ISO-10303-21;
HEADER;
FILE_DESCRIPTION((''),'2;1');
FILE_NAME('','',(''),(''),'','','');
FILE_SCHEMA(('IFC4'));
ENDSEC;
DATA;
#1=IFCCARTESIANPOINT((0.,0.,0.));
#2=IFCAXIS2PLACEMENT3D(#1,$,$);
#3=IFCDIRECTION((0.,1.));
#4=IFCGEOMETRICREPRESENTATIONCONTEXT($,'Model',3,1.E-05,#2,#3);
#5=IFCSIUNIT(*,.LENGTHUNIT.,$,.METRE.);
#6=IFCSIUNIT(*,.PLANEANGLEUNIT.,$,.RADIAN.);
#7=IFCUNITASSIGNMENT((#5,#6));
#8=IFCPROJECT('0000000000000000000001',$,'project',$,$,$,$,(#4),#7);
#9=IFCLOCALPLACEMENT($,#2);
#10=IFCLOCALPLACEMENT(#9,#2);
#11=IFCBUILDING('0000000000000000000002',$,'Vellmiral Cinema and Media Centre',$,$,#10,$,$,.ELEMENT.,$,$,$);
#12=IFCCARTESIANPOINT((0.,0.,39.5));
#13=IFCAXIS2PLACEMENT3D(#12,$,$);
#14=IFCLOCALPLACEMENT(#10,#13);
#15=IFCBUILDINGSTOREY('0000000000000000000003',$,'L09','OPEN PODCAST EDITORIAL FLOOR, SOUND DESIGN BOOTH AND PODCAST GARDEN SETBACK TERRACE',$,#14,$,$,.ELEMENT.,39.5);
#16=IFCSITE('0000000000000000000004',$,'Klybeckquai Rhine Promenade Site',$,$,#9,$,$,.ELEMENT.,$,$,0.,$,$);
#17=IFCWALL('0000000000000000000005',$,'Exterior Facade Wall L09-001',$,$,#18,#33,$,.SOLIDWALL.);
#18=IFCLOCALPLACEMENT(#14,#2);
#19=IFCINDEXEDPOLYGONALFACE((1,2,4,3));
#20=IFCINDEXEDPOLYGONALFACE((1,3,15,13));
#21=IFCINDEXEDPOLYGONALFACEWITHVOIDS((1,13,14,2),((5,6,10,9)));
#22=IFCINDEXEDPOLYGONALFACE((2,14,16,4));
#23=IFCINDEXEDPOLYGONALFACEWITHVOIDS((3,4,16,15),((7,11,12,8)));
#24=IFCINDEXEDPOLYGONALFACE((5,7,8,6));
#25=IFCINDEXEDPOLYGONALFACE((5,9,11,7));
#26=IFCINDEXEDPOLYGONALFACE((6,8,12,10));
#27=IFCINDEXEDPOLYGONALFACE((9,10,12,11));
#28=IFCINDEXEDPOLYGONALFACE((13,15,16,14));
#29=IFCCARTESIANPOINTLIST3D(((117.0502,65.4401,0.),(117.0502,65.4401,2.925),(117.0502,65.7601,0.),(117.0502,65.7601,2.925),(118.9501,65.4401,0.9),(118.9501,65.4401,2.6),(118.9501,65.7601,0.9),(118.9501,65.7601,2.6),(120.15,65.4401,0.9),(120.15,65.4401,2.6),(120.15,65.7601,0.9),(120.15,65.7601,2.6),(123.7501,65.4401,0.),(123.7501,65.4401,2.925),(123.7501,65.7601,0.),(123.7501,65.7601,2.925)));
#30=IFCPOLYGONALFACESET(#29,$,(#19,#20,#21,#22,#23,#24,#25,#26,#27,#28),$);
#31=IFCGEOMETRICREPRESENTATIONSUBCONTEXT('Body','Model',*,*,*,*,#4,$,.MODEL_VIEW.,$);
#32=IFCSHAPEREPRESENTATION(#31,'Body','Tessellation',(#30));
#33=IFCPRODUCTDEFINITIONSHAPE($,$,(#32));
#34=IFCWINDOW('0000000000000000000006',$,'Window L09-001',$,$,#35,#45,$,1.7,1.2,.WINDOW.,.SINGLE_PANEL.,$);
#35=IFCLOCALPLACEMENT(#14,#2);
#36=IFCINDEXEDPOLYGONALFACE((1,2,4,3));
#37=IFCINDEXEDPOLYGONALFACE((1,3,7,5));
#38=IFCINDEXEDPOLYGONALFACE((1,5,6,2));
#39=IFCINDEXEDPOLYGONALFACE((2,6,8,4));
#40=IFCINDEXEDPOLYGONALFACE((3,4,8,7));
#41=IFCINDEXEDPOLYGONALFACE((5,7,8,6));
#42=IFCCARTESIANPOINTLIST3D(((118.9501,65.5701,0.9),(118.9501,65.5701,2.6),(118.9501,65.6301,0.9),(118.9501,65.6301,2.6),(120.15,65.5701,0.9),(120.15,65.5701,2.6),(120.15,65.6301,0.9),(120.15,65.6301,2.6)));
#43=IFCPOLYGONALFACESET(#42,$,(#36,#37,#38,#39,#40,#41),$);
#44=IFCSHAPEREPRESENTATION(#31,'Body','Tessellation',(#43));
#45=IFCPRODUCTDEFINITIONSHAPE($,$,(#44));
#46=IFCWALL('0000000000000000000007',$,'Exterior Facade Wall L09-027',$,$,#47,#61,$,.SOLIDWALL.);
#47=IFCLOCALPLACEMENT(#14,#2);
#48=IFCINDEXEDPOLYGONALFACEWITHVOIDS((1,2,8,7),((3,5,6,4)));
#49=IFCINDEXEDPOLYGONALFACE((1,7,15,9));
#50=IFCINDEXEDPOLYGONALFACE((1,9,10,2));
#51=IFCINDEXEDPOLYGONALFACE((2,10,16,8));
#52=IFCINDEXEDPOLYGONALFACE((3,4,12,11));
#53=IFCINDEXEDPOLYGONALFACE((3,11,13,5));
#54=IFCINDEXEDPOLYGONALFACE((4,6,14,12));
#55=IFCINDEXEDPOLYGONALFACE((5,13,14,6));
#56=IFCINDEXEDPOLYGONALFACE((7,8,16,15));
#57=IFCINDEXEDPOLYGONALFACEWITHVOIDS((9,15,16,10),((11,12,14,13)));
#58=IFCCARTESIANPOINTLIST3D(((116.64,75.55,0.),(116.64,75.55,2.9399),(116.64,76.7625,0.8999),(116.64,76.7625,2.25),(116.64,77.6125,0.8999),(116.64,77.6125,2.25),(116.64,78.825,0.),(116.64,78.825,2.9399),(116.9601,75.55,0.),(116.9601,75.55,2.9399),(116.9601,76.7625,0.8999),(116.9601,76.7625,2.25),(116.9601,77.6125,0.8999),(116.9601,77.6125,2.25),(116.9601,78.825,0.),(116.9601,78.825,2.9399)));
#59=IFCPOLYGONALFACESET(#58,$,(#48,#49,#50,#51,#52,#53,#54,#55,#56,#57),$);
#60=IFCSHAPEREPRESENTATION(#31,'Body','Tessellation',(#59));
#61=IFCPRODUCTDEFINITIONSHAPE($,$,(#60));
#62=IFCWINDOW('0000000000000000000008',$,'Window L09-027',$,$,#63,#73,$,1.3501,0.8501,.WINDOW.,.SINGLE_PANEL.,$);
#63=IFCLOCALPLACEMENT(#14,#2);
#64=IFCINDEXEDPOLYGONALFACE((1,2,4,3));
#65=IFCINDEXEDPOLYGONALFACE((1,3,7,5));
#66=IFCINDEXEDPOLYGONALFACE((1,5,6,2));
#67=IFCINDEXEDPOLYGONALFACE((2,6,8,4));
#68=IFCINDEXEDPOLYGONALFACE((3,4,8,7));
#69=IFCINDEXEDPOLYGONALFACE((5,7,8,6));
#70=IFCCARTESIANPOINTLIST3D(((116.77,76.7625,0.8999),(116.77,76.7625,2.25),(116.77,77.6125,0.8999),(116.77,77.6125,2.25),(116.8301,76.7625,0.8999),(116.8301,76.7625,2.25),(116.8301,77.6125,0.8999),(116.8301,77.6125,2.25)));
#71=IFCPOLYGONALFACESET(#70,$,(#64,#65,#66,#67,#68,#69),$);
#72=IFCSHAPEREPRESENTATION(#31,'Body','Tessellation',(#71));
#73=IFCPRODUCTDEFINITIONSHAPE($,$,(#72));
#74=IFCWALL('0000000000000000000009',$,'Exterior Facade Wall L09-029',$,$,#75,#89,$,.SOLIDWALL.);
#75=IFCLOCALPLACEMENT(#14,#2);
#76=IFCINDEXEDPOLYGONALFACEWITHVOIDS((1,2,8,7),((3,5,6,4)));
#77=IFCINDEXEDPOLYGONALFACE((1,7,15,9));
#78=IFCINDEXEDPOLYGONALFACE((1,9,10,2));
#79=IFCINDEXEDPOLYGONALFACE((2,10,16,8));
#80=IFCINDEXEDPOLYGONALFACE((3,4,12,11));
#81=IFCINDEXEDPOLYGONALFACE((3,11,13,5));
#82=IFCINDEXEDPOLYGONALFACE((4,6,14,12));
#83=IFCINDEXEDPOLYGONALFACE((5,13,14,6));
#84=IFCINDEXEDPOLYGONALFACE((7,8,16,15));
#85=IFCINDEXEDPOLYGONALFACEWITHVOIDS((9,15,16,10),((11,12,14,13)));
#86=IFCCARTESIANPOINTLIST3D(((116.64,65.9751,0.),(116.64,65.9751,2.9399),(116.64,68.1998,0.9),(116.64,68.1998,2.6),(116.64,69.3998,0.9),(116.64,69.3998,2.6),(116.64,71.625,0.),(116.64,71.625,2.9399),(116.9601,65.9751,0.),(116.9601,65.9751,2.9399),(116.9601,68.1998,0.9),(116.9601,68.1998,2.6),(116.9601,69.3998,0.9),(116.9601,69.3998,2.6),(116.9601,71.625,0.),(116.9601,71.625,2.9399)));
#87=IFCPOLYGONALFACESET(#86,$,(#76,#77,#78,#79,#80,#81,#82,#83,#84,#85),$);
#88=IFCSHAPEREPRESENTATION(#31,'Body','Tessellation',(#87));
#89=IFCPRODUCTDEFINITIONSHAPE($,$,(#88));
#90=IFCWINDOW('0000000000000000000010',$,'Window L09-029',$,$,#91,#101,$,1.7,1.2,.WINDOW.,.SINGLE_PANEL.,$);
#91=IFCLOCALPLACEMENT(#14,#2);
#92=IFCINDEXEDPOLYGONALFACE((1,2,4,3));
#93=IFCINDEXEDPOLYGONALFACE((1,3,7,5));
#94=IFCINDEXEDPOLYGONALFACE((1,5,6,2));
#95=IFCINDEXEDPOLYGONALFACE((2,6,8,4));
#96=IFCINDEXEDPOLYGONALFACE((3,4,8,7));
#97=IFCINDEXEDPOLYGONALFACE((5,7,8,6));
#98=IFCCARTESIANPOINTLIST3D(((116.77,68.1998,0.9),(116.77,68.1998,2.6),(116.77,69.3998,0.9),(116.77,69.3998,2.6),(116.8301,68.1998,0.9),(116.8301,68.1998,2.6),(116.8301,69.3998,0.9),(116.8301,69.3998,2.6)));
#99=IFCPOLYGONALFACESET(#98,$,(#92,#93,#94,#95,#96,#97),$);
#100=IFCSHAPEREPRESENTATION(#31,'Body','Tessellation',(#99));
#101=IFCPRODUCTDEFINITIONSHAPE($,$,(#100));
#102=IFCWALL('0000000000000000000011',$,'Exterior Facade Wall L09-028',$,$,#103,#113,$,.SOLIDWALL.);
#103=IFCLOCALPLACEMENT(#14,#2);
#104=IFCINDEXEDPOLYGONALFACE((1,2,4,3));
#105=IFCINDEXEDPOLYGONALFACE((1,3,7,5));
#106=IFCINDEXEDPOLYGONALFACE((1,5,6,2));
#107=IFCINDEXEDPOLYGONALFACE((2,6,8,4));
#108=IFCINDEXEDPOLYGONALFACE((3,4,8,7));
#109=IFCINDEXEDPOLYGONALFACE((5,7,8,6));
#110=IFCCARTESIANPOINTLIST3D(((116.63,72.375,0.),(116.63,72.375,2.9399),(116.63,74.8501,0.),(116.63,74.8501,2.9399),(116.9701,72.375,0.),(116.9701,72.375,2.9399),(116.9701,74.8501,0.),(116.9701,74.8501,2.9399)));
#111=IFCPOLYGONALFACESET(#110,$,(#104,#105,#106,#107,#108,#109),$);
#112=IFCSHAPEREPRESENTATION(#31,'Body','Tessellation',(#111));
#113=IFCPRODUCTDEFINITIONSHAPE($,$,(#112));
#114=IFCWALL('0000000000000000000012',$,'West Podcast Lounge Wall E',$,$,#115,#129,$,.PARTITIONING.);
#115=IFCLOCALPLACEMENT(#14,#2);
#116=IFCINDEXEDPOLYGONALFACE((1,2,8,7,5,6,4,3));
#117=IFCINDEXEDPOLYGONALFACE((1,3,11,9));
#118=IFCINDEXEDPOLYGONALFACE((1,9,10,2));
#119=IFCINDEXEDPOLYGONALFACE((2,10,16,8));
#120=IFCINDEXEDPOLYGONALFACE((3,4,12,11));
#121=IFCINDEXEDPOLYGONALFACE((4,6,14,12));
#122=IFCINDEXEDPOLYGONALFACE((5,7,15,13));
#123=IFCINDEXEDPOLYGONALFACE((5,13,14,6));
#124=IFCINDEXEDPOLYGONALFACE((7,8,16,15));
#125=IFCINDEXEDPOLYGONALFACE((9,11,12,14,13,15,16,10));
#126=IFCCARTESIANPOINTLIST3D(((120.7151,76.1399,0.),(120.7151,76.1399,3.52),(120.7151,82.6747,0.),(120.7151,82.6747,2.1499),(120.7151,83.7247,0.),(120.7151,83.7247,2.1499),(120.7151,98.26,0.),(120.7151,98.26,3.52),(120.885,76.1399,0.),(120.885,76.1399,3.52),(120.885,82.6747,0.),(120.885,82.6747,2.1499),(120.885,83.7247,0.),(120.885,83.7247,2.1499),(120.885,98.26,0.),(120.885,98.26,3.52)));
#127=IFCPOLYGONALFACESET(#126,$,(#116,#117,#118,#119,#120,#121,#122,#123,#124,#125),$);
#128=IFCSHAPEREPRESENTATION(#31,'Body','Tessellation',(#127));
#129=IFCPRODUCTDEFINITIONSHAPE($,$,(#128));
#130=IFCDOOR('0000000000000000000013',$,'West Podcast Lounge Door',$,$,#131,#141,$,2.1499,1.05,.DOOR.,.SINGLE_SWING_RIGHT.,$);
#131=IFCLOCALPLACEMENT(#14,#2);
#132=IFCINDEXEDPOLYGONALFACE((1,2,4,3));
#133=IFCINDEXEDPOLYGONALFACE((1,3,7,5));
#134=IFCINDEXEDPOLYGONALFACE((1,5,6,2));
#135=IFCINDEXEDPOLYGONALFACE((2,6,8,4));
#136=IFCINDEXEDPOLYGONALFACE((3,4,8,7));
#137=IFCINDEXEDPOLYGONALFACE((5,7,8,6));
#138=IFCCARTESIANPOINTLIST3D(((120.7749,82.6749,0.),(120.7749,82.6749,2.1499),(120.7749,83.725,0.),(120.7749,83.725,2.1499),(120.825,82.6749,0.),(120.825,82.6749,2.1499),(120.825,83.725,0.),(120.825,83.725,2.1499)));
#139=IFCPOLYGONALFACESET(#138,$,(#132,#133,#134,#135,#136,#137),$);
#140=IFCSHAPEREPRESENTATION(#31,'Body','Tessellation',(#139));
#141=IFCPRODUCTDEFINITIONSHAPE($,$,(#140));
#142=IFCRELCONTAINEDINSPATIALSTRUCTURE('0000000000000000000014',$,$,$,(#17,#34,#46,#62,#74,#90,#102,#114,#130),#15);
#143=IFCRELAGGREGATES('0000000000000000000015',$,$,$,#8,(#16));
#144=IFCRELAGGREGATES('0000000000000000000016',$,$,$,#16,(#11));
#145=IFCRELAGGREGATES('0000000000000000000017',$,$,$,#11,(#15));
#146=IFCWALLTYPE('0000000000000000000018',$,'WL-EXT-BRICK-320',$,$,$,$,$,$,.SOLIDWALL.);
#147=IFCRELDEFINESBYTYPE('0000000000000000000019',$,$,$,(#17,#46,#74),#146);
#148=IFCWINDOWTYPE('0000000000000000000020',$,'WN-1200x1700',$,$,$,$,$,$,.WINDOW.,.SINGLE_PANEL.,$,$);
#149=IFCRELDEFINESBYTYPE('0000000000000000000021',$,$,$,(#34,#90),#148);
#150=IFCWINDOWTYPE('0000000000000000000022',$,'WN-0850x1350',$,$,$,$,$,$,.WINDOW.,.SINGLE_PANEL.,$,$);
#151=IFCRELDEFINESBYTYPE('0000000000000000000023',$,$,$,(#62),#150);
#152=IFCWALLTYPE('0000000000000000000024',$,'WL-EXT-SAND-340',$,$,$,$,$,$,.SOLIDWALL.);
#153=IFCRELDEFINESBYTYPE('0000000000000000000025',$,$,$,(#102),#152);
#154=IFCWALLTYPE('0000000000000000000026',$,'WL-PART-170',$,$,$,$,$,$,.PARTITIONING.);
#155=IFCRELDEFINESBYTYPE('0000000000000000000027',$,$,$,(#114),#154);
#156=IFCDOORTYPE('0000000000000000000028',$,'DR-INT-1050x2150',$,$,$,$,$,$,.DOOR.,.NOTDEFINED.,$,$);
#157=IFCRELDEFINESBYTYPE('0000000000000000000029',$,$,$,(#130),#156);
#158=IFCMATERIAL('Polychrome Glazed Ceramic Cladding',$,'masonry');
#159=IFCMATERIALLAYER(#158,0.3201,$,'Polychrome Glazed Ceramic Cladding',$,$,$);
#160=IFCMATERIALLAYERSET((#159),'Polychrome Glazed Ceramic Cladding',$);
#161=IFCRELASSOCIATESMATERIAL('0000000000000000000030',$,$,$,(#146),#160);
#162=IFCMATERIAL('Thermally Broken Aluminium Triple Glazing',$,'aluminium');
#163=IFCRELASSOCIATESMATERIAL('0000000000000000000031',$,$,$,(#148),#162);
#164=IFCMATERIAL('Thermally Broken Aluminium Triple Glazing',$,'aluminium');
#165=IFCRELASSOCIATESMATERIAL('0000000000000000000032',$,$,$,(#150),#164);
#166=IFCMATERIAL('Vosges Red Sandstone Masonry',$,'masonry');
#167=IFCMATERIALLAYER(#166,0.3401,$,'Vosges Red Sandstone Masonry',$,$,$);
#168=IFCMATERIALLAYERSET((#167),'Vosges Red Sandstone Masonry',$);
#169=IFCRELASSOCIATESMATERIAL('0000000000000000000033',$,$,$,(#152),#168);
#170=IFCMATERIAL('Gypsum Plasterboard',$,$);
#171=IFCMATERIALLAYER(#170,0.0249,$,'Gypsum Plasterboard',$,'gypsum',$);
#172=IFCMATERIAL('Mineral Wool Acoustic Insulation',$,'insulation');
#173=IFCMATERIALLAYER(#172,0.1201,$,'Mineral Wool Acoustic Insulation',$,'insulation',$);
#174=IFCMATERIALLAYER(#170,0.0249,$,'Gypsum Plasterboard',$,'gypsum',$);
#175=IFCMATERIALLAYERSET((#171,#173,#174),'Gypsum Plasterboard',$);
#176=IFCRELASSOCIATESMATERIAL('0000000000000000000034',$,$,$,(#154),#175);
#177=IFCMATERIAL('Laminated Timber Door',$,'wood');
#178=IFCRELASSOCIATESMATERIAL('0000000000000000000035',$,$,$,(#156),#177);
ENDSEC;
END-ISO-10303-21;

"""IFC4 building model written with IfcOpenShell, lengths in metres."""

from ifc_helpers import new_model, si_unit, direction, frame, frame_2d, origin, place, context, subcontext, project, spatial, rectangle, extrude, material, layer, layer_set, type_object, element, fill, save


model = new_model("IFC4")

# Units and contexts
model_context = context("Model", 3, precision=1e-05, world=origin(), true_north=direction((0.0, 1.0)))
body_context = subcontext(model_context, "Body", "Model", "MODEL_VIEW")
ifc_project = project(units=[si_unit("LENGTHUNIT", "METRE"), si_unit("PLANEANGLEUNIT", "RADIAN")], contexts=[model_context])

# Site, building, storey
site_placement = place(None, origin())
site = spatial("IfcSite", under=ifc_project, at=site_placement, Name="Klybeckquai Rhine Promenade Site", CompositionType="ELEMENT", RefElevation=0.0)
building_placement = place(site_placement, origin())
building = spatial("IfcBuilding", under=site, at=building_placement, Name="Vellmiral Cinema and Media Centre", CompositionType="ELEMENT")
storey_placement = place(building_placement, frame((0.0, 0.0, 39.5)))
storey = spatial("IfcBuildingStorey", under=building, at=storey_placement, Name="L09", Description="OPEN PODCAST EDITORIAL FLOOR, SOUND DESIGN BOOTH AND PODCAST GARDEN SETBACK TERRACE", CompositionType="ELEMENT", Elevation=39.5)

# Walls, openings, windows
ifc_material_1 = material(Name="Polychrome Glazed Ceramic Cladding", Category="masonry")
ifc_layer_1 = layer(ifc_material_1, 0.3201, Name="Polychrome Glazed Ceramic Cladding")
ifc_layer_set_1 = layer_set([ifc_layer_1], Name="Polychrome Glazed Ceramic Cladding")
wall_type_1 = type_object("IfcWallType", Name="WL-EXT-BRICK-320", PredefinedType="SOLIDWALL", material=ifc_layer_set_1)
wall_1_placement = place(storey_placement, frame((117.05, 65.6001, 0.0), z_axis=(0.0, 0.0, 1.0), x_axis=(1.0, 0.0, 0.0)))
wall_1 = element("IfcWall", 1, at=wall_1_placement, inside=storey, type_object=wall_type_1, Name="Exterior Facade Wall L09-001", PredefinedType="SOLIDWALL", context=body_context, shape_type="SweptSolid", body=[
    extrude(rectangle(XDim=6.7, YDim=0.3201, at=frame_2d((3.3501, 0.0))), origin(), (0.0, 0.0, 1.0), 2.925),
])
opening_1_placement = place(wall_1_placement, frame((1.8999, 0.0, 0.8999)))
opening_1 = element("IfcOpeningElement", 2, at=opening_1_placement, cuts=wall_1, PredefinedType="OPENING", context=body_context, shape_type="SweptSolid", body=[
    extrude(rectangle(XDim=1.2, YDim=1.7, at=frame_2d((0.6001, 0.8501))), frame((0.0, 0.1719, 0.0), z_axis=(0.0, -1.0, 0.0), x_axis=(1.0, 0.0, 0.0)), (0.0, 0.0, 1.0), 0.344),
])
ifc_material_2 = material(Name="Thermally Broken Aluminium Triple Glazing", Category="aluminium")
window_type_1 = type_object("IfcWindowType", Name="WN-1200x1700", PartitioningType="SINGLE_PANEL", PredefinedType="WINDOW", material=ifc_material_2)
window_1_placement = place(opening_1_placement, origin())
window_1 = element("IfcWindow", 3, at=window_1_placement, inside=storey, type_object=window_type_1, Name="Window L09-001", OverallHeight=1.7, OverallWidth=1.2, PartitioningType="SINGLE_PANEL", PredefinedType="WINDOW", context=body_context, shape_type="SweptSolid", body=[
    extrude(rectangle(XDim=1.2, YDim=1.7, at=frame_2d((0.6001, 0.8501))), frame((0.0, 0.03, 0.0), z_axis=(0.0, -1.0, 0.0), x_axis=(1.0, 0.0, 0.0)), (0.0, 0.0, 1.0), 0.0601),
])
fill(opening_1, window_1)
wall_2_placement = place(storey_placement, frame((116.8, 78.825, 0.0), z_axis=(0.0, 0.0, 1.0), x_axis=(0.0, -1.0, 0.0)))
wall_2 = element("IfcWall", 4, at=wall_2_placement, inside=storey, type_object=wall_type_1, Name="Exterior Facade Wall L09-027", PredefinedType="SOLIDWALL", context=body_context, shape_type="SweptSolid", body=[
    extrude(rectangle(XDim=3.2749, YDim=0.3201, at=frame_2d((1.6375, 0.0))), origin(), (0.0, 0.0, 1.0), 2.9399),
])
opening_2_placement = place(wall_2_placement, frame((1.2124, 0.0, 0.8999)))
opening_2 = element("IfcOpeningElement", 5, at=opening_2_placement, cuts=wall_2, PredefinedType="OPENING", context=body_context, shape_type="SweptSolid", body=[
    extrude(rectangle(XDim=0.8501, YDim=1.3501, at=frame_2d((0.425, 0.675))), frame((0.0, 0.1719, 0.0), z_axis=(0.0, -1.0, 0.0), x_axis=(1.0, 0.0, 0.0)), (0.0, 0.0, 1.0), 0.344),
])
ifc_material_3 = material(Name="Thermally Broken Aluminium Triple Glazing", Category="aluminium")
window_type_2 = type_object("IfcWindowType", Name="WN-0850x1350", PartitioningType="SINGLE_PANEL", PredefinedType="WINDOW", material=ifc_material_3)
window_2_placement = place(opening_2_placement, origin())
window_2 = element("IfcWindow", 6, at=window_2_placement, inside=storey, type_object=window_type_2, Name="Window L09-027", OverallHeight=1.3501, OverallWidth=0.8501, PartitioningType="SINGLE_PANEL", PredefinedType="WINDOW", context=body_context, shape_type="SweptSolid", body=[
    extrude(rectangle(XDim=0.8501, YDim=1.3501, at=frame_2d((0.425, 0.675))), frame((0.0, 0.03, 0.0), z_axis=(0.0, -1.0, 0.0), x_axis=(1.0, 0.0, 0.0)), (0.0, 0.0, 1.0), 0.0601),
])
fill(opening_2, window_2)
wall_3_placement = place(storey_placement, frame((116.8, 71.625, 0.0), z_axis=(0.0, 0.0, 1.0), x_axis=(0.0, -1.0, 0.0)))
wall_3 = element("IfcWall", 7, at=wall_3_placement, inside=storey, type_object=wall_type_1, Name="Exterior Facade Wall L09-029", PredefinedType="SOLIDWALL", context=body_context, shape_type="SweptSolid", body=[
    extrude(rectangle(XDim=5.6499, YDim=0.3201, at=frame_2d((2.825, 0.0))), origin(), (0.0, 0.0, 1.0), 2.9399),
])
opening_3_placement = place(wall_3_placement, frame((2.2251, 0.0, 0.8999)))
opening_3 = element("IfcOpeningElement", 8, at=opening_3_placement, cuts=wall_3, PredefinedType="OPENING", context=body_context, shape_type="SweptSolid", body=[
    extrude(rectangle(XDim=1.2, YDim=1.7, at=frame_2d((0.6001, 0.8501))), frame((0.0, 0.1719, 0.0), z_axis=(0.0, -1.0, 0.0), x_axis=(1.0, 0.0, 0.0)), (0.0, 0.0, 1.0), 0.344),
])
window_3_placement = place(opening_3_placement, origin())
window_3 = element("IfcWindow", 9, at=window_3_placement, inside=storey, type_object=window_type_1, Name="Window L09-029", OverallHeight=1.7, OverallWidth=1.2, PartitioningType="SINGLE_PANEL", PredefinedType="WINDOW", context=body_context, shape_type="SweptSolid", body=[
    extrude(rectangle(XDim=1.2, YDim=1.7, at=frame_2d((0.6001, 0.8501))), frame((0.0, 0.03, 0.0), z_axis=(0.0, -1.0, 0.0), x_axis=(1.0, 0.0, 0.0)), (0.0, 0.0, 1.0), 0.0601),
])
fill(opening_3, window_3)

# Wall
ifc_material_4 = material(Name="Vosges Red Sandstone Masonry", Category="masonry")
ifc_layer_2 = layer(ifc_material_4, 0.3401, Name="Vosges Red Sandstone Masonry")
ifc_layer_set_2 = layer_set([ifc_layer_2], Name="Vosges Red Sandstone Masonry")
wall_type_2 = type_object("IfcWallType", Name="WL-EXT-SAND-340", PredefinedType="SOLIDWALL", material=ifc_layer_set_2)
wall_4_placement = place(storey_placement, frame((116.8, 74.8501, 0.0), z_axis=(0.0, 0.0, 1.0), x_axis=(0.0, -1.0, 0.0)))
element("IfcWall", 10, at=wall_4_placement, inside=storey, type_object=wall_type_2, Name="Exterior Facade Wall L09-028", PredefinedType="SOLIDWALL", context=body_context, shape_type="SweptSolid", body=[
    extrude(rectangle(XDim=2.4751, YDim=0.3401, at=frame_2d((1.2375, 0.0))), origin(), (0.0, 0.0, 1.0), 2.9399),
])

# Wall, opening, door
ifc_material_5 = material(Name="Gypsum Plasterboard")
ifc_layer_3 = layer(ifc_material_5, 0.0249, Name="Gypsum Plasterboard", Category="gypsum")
ifc_material_6 = material(Name="Mineral Wool Acoustic Insulation", Category="insulation")
ifc_layer_4 = layer(ifc_material_6, 0.1201, Name="Mineral Wool Acoustic Insulation", Category="insulation")
ifc_layer_5 = layer(ifc_material_5, 0.0249, Name="Gypsum Plasterboard", Category="gypsum")
ifc_layer_set_3 = layer_set([ifc_layer_3, ifc_layer_4, ifc_layer_5], Name="Gypsum Plasterboard")
wall_type_3 = type_object("IfcWallType", Name="WL-PART-170", PredefinedType="PARTITIONING", material=ifc_layer_set_3)
wall_5_placement = place(storey_placement, frame((120.8, 76.1399, 0.0), z_axis=(0.0, 0.0, 1.0), x_axis=(0.0, 1.0, 0.0)))
wall_5 = element("IfcWall", 11, at=wall_5_placement, inside=storey, type_object=wall_type_3, Name="West Podcast Lounge Wall E", PredefinedType="PARTITIONING", context=body_context, shape_type="SweptSolid", body=[
    extrude(rectangle(XDim=22.1201, YDim=0.1699, at=frame_2d((11.0601, 0.0))), origin(), (0.0, 0.0, 1.0), 3.52),
])
opening_4_placement = place(wall_5_placement, frame((6.5349, 0.0, 0.0)))
opening_4 = element("IfcOpeningElement", 12, at=opening_4_placement, cuts=wall_5, PredefinedType="OPENING", context=body_context, shape_type="SweptSolid", body=[
    extrude(rectangle(XDim=1.05, YDim=2.1499, at=frame_2d((0.5249, 1.075))), frame((0.0, 0.0969, 0.0), z_axis=(0.0, -1.0, 0.0), x_axis=(1.0, 0.0, 0.0)), (0.0, 0.0, 1.0), 0.1938),
])
ifc_material_7 = material(Name="Laminated Timber Door", Category="wood")
door_type_1 = type_object("IfcDoorType", Name="DR-INT-1050x2150", OperationType="NOTDEFINED", PredefinedType="DOOR", material=ifc_material_7)
door_1_placement = place(opening_4_placement, frame((1.05, 0.0, 0.0), z_axis=(0.0, 0.0, 1.0), x_axis=(-1.0, 0.0, 0.0)))
door_1 = element("IfcDoor", 13, at=door_1_placement, inside=storey, type_object=door_type_1, Name="West Podcast Lounge Door", OperationType="SINGLE_SWING_RIGHT", OverallHeight=2.1499, OverallWidth=1.05, PredefinedType="DOOR", context=body_context, shape_type="SweptSolid", body=[
    extrude(rectangle(XDim=1.05, YDim=2.1499, at=frame_2d((0.5249, 1.075))), frame((0.0, 0.0249, 0.0), z_axis=(0.0, -1.0, 0.0), x_axis=(1.0, 0.0, 0.0)), (0.0, 0.0, 1.0), 0.05),
])
fill(opening_4, door_1)

save(model, "model.ifc")
